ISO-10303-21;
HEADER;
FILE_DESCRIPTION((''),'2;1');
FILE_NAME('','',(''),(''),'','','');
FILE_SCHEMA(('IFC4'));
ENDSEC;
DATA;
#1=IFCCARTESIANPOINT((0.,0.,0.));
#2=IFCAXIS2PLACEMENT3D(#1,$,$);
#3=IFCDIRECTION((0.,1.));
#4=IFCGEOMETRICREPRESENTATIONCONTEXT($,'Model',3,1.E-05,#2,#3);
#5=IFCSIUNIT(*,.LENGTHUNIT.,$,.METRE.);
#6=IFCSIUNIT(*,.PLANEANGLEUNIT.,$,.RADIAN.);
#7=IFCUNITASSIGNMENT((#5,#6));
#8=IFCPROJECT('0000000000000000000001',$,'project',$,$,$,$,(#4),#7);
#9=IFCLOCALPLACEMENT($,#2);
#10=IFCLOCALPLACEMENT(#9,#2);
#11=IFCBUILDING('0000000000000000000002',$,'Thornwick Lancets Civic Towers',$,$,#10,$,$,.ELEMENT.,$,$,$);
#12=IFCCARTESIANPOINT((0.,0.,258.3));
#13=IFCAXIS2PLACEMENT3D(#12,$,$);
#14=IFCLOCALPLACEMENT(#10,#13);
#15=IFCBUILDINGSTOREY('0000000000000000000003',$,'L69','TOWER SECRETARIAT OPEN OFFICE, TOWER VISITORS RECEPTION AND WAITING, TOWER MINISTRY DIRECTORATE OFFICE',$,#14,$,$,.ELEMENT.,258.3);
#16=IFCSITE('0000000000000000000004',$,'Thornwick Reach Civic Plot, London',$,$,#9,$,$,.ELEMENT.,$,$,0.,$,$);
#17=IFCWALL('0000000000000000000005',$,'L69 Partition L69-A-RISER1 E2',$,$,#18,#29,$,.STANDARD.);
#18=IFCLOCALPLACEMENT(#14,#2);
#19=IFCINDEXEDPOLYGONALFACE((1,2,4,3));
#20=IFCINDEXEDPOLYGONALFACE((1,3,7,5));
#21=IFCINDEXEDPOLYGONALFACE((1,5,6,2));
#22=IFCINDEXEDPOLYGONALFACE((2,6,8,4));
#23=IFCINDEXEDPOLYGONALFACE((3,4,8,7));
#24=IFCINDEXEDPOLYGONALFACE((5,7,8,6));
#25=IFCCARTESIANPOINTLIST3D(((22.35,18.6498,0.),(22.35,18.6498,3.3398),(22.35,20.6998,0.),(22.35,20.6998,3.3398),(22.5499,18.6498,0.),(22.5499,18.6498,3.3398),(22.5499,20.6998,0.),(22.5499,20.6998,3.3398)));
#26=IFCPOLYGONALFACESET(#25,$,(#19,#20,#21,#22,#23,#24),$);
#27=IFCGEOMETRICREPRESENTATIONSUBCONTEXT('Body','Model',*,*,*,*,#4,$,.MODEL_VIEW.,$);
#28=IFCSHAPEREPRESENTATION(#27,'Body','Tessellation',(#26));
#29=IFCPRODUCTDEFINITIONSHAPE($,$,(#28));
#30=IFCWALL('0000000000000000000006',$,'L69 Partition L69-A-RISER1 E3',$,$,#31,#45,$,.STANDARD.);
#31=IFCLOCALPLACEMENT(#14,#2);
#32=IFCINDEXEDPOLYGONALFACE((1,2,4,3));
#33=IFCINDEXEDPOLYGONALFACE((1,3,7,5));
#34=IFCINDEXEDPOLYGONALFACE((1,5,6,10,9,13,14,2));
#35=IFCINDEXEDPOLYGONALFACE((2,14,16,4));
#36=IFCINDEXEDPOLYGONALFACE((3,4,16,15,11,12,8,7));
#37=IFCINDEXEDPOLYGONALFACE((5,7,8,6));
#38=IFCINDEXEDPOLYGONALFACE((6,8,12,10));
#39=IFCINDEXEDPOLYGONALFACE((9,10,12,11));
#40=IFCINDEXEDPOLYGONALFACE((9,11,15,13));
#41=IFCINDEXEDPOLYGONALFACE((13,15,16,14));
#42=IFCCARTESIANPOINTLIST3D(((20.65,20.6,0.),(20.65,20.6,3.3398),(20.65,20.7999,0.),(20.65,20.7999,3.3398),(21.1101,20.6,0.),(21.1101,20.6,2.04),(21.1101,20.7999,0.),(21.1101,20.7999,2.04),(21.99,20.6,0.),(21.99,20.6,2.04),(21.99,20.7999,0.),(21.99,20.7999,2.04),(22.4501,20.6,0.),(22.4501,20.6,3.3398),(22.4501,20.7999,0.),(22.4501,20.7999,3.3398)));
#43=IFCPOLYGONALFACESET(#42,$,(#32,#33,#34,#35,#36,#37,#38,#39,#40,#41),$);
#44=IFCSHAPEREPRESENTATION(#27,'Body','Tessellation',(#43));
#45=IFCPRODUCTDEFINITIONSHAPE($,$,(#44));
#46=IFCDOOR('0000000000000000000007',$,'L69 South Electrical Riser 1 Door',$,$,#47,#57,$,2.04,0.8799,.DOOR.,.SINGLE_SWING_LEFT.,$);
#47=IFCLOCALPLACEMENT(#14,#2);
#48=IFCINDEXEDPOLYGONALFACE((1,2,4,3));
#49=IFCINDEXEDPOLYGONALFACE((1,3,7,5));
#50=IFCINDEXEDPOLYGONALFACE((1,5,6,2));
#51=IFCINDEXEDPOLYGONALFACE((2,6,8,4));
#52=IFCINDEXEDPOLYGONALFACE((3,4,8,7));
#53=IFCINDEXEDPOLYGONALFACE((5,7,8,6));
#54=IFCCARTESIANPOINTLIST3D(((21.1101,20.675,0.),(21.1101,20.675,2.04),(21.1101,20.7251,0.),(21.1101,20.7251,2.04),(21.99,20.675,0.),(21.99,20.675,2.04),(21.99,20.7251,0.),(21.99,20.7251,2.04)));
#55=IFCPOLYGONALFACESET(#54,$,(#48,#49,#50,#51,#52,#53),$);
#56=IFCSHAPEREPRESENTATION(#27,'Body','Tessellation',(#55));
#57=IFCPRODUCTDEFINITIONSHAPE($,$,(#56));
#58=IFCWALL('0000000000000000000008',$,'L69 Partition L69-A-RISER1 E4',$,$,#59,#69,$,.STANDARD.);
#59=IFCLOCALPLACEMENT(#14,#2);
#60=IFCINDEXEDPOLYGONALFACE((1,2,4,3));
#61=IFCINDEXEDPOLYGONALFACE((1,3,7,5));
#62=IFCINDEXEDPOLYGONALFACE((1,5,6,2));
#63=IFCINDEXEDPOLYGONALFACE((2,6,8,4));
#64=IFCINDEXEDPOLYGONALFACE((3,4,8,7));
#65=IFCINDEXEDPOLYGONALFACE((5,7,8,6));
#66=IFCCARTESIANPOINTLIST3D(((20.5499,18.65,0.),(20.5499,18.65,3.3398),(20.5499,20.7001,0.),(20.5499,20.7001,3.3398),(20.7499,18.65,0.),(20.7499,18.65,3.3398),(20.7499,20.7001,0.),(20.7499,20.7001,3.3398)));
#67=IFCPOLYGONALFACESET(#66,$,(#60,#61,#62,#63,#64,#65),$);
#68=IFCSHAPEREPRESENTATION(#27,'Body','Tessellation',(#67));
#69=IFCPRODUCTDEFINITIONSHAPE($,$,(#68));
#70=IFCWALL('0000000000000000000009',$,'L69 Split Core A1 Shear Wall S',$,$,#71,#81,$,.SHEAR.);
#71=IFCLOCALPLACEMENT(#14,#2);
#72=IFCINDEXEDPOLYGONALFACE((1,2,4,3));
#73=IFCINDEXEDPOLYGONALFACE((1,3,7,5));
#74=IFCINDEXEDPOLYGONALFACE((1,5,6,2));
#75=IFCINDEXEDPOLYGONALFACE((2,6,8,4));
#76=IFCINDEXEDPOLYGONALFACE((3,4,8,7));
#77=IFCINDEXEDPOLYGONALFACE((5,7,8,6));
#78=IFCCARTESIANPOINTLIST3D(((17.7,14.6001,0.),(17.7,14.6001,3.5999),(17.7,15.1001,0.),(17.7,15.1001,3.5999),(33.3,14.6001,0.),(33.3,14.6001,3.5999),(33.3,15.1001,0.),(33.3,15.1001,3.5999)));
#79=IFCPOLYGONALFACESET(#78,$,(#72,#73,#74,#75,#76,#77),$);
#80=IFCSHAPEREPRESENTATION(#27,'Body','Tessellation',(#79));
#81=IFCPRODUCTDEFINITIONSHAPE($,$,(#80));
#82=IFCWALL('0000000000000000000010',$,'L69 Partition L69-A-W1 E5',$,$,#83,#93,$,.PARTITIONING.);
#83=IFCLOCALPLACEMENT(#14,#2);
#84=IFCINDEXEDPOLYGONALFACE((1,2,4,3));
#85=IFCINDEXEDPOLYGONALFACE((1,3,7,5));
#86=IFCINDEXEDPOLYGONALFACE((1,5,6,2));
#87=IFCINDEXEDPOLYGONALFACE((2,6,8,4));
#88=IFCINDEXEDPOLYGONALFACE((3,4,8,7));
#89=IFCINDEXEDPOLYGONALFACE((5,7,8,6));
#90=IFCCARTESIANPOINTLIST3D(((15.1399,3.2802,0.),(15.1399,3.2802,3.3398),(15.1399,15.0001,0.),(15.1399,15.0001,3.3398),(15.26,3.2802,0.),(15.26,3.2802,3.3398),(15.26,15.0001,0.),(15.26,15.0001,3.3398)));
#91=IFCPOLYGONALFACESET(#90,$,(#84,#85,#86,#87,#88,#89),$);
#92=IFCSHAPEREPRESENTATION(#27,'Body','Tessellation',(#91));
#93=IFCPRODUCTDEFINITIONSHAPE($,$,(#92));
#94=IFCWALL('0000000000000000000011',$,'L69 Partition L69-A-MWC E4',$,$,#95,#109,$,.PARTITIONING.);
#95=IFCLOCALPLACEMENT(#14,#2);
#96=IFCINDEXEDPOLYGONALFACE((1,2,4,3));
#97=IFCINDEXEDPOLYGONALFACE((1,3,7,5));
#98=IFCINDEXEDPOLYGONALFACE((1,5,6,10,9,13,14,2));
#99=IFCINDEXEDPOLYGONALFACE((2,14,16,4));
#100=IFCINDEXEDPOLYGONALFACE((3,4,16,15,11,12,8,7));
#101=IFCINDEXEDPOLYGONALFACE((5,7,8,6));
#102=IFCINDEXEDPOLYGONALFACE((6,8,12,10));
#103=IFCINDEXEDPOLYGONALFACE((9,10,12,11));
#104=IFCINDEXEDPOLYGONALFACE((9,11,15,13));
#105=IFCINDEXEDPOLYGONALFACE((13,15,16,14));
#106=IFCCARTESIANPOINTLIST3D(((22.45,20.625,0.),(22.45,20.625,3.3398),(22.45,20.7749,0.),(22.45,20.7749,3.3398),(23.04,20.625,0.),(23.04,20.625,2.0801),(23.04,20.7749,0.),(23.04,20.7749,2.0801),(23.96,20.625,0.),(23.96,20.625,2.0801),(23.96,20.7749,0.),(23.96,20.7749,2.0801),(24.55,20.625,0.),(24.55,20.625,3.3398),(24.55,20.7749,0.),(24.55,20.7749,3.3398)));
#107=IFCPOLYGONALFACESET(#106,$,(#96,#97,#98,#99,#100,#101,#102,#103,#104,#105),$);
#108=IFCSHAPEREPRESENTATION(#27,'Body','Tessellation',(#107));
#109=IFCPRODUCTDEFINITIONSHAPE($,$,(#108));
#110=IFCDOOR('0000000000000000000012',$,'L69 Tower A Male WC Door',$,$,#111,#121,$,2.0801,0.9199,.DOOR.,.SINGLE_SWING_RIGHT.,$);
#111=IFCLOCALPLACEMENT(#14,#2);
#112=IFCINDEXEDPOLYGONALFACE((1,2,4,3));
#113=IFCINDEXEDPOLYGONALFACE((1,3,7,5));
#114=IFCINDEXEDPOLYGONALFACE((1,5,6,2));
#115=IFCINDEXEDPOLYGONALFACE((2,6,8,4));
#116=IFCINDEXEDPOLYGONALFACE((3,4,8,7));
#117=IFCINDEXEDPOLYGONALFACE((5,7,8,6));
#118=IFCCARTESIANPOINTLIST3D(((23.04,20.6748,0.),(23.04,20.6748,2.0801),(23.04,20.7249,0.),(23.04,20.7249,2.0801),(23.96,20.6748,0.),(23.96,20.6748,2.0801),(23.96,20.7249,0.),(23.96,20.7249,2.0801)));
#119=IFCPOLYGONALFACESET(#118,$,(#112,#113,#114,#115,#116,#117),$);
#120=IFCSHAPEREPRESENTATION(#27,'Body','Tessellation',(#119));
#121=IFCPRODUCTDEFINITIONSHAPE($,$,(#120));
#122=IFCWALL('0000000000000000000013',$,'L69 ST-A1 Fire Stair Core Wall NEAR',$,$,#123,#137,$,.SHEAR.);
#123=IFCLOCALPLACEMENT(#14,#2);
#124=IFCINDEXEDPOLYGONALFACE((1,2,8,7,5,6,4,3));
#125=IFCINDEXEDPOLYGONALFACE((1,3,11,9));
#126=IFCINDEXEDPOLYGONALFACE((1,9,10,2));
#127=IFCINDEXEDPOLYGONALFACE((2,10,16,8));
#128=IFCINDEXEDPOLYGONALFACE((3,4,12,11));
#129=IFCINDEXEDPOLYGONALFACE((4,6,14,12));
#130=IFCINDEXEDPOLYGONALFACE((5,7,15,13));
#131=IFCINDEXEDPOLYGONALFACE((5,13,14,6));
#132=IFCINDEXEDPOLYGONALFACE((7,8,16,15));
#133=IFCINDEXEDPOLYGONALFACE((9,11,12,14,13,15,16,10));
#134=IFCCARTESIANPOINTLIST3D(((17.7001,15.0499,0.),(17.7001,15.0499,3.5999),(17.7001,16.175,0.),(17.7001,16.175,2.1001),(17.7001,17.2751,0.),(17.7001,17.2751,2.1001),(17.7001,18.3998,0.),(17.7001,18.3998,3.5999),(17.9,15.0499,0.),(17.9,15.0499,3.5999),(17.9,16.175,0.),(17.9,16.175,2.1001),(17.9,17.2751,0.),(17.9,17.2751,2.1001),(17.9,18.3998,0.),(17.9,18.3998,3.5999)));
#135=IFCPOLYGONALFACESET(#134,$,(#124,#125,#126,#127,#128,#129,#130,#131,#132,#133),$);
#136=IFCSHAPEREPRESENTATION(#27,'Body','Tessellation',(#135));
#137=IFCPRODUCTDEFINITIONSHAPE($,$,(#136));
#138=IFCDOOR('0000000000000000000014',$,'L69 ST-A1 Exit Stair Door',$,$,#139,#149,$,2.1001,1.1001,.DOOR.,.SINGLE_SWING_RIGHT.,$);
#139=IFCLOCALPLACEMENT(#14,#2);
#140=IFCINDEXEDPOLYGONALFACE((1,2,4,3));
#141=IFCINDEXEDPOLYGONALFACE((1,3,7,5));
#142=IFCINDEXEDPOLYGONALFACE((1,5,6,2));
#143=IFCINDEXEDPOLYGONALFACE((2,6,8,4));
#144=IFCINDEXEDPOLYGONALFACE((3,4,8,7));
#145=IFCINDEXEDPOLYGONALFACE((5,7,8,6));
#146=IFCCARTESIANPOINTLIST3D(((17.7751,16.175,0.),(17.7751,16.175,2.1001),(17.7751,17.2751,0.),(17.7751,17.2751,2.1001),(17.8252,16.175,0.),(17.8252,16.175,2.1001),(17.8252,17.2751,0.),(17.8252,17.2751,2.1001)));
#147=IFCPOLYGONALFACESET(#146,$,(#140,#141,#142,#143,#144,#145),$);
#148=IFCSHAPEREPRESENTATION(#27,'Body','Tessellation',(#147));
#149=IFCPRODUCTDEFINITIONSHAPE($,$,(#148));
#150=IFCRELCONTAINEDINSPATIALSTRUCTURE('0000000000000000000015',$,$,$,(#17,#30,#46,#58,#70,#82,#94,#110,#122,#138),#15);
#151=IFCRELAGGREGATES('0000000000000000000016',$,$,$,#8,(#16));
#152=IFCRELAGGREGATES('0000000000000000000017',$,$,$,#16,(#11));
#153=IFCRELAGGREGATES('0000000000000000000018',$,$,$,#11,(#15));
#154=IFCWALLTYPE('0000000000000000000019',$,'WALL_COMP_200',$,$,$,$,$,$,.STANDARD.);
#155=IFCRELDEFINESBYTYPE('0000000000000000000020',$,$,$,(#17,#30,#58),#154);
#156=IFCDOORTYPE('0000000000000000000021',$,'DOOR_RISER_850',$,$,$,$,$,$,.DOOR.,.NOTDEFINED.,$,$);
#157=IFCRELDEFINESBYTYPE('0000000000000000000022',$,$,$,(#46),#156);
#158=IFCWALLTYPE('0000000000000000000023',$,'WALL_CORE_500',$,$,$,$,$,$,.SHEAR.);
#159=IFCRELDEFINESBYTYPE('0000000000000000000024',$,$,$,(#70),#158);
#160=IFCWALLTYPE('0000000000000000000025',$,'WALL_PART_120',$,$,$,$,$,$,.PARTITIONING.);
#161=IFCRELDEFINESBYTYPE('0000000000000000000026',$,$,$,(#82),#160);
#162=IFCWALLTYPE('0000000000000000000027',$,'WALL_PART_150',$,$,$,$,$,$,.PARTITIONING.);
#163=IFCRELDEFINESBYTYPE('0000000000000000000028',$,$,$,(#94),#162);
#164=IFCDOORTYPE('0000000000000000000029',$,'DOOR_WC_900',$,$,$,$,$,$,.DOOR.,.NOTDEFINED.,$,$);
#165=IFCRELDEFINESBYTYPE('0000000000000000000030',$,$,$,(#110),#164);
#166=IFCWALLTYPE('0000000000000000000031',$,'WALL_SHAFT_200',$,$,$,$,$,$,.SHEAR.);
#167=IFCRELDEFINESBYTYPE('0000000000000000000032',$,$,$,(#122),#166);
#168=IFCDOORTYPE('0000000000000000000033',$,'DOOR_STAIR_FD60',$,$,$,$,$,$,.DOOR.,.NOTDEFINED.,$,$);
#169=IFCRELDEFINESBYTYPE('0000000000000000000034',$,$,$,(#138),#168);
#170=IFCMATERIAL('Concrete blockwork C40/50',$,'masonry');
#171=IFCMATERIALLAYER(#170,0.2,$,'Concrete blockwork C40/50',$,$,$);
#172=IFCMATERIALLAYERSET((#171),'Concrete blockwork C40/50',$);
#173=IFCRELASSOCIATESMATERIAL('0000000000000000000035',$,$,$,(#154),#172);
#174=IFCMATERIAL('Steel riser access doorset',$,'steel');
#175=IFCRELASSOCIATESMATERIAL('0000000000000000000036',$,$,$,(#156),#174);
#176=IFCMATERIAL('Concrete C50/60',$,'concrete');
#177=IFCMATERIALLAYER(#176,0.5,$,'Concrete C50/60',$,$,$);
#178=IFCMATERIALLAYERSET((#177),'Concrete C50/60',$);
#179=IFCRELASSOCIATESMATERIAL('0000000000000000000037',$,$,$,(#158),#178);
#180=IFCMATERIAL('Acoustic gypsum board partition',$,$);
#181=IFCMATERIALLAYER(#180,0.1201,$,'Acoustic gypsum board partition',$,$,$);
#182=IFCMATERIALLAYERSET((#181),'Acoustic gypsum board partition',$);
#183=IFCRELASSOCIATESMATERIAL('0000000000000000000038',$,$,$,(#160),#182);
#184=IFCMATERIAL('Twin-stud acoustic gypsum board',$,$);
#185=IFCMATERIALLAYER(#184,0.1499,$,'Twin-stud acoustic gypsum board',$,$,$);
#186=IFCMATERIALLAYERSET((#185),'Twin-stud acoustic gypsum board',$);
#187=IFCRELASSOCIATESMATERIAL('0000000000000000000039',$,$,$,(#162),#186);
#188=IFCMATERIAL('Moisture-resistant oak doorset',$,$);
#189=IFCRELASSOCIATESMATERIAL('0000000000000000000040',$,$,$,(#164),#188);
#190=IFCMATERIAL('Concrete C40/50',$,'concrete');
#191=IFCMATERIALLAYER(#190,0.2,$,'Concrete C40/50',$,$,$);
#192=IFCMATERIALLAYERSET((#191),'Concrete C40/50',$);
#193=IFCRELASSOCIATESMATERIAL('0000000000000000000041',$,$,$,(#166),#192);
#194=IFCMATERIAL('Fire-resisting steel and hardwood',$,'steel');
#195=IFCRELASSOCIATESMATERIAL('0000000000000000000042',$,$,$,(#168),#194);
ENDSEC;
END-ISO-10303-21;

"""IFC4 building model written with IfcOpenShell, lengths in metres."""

from ifc_helpers import new_model, si_unit, direction, frame, frame_2d, origin, place, context, subcontext, project, spatial, rectangle, extrude, material, layer, layer_set, type_object, element, fill, save


model = new_model("IFC4")

# Units and contexts
model_context = context("Model", 3, precision=1e-05, world=origin(), true_north=direction((0.0, 1.0)))
body_context = subcontext(model_context, "Body", "Model", "MODEL_VIEW")
ifc_project = project(units=[si_unit("LENGTHUNIT", "METRE"), si_unit("PLANEANGLEUNIT", "RADIAN")], contexts=[model_context])

# Site, building, storey
site_placement = place(None, origin())
site = spatial("IfcSite", under=ifc_project, at=site_placement, Name="Thornwick Reach Civic Plot, London", CompositionType="ELEMENT", RefElevation=0.0)
building_placement = place(site_placement, origin())
building = spatial("IfcBuilding", under=site, at=building_placement, Name="Thornwick Lancets Civic Towers", CompositionType="ELEMENT")
storey_placement = place(building_placement, frame((0.0, 0.0, 258.3)))
storey = spatial("IfcBuildingStorey", under=building, at=storey_placement, Name="L69", Description="TOWER SECRETARIAT OPEN OFFICE, TOWER VISITORS RECEPTION AND WAITING, TOWER MINISTRY DIRECTORATE OFFICE", CompositionType="ELEMENT", Elevation=258.3)

# Shared definitions
ifc_material_1 = material(Name="Concrete C50/60", Category="concrete")

# Shared definitions
ifc_material_2 = material(Name="Concrete C40/50", Category="concrete")

# Shared definitions
ifc_material_3 = material(Name="Concrete blockwork C40/50", Category="masonry")
ifc_layer_1 = layer(ifc_material_3, 0.2, Name="Concrete blockwork C40/50")
ifc_layer_set_1 = layer_set([ifc_layer_1], Name="Concrete blockwork C40/50")
wall_type_1 = type_object("IfcWallType", Name="WALL_COMP_200", PredefinedType="STANDARD", material=ifc_layer_set_1)

# Wall
wall_1_placement = place(storey_placement, frame((22.45, 18.6499, 0.0), z_axis=(0.0, 0.0, 1.0), x_axis=(0.0, 1.0, 0.0)))
element("IfcWall", 1, at=wall_1_placement, inside=storey, type_object=wall_type_1, Name="L69 Partition L69-A-RISER1 E2", PredefinedType="STANDARD", context=body_context, shape_type="SweptSolid", body=[
    extrude(rectangle(XDim=2.05, YDim=0.2, at=frame_2d((1.0249, 0.0))), origin(), (0.0, 0.0, 1.0), 3.3398),
])

# Wall, opening, door
wall_2_placement = place(storey_placement, frame((22.45, 20.7, 0.0), z_axis=(0.0, 0.0, 1.0), x_axis=(-1.0, 0.0, 0.0)))
wall_2 = element("IfcWall", 2, at=wall_2_placement, inside=storey, type_object=wall_type_1, Name="L69 Partition L69-A-RISER1 E3", PredefinedType="STANDARD", context=body_context, shape_type="SweptSolid", body=[
    extrude(rectangle(XDim=1.8, YDim=0.2, at=frame_2d((0.8999, 0.0))), origin(), (0.0, 0.0, 1.0), 3.3398),
])
opening_1_placement = place(wall_2_placement, frame((0.46, 0.0, 0.0)))
opening_1 = element("IfcOpeningElement", 3, at=opening_1_placement, cuts=wall_2, PredefinedType="OPENING", context=body_context, shape_type="SweptSolid", body=[
    extrude(rectangle(XDim=0.8799, YDim=2.04, at=frame_2d((0.4399, 1.02))), frame((0.0, 0.1099, 0.0), z_axis=(0.0, -1.0, 0.0), x_axis=(1.0, 0.0, 0.0)), (0.0, 0.0, 1.0), 0.22),
])
ifc_material_4 = material(Name="Steel riser access doorset", Category="steel")
door_type_1 = type_object("IfcDoorType", Name="DOOR_RISER_850", OperationType="NOTDEFINED", PredefinedType="DOOR", material=ifc_material_4)
door_1_placement = place(opening_1_placement, origin())
door_1 = element("IfcDoor", 4, at=door_1_placement, inside=storey, type_object=door_type_1, Name="L69 South Electrical Riser 1 Door", OperationType="SINGLE_SWING_LEFT", OverallHeight=2.04, OverallWidth=0.8799, PredefinedType="DOOR", context=body_context, shape_type="SweptSolid", body=[
    extrude(rectangle(XDim=0.8799, YDim=2.04, at=frame_2d((0.4399, 1.02))), frame((0.0, 0.0249, 0.0), z_axis=(0.0, -1.0, 0.0), x_axis=(1.0, 0.0, 0.0)), (0.0, 0.0, 1.0), 0.05),
])
fill(opening_1, door_1)

# Walls
wall_3_placement = place(storey_placement, frame((20.6499, 20.7, 0.0), z_axis=(0.0, 0.0, 1.0), x_axis=(0.0, -1.0, 0.0)))
element("IfcWall", 5, at=wall_3_placement, inside=storey, type_object=wall_type_1, Name="L69 Partition L69-A-RISER1 E4", PredefinedType="STANDARD", context=body_context, shape_type="SweptSolid", body=[
    extrude(rectangle(XDim=2.05, YDim=0.2, at=frame_2d((1.0249, 0.0))), origin(), (0.0, 0.0, 1.0), 3.3398),
])
ifc_layer_2 = layer(ifc_material_1, 0.5, Name="Concrete C50/60")
ifc_layer_set_2 = layer_set([ifc_layer_2], Name="Concrete C50/60")
wall_type_2 = type_object("IfcWallType", Name="WALL_CORE_500", PredefinedType="SHEAR", material=ifc_layer_set_2)
wall_4_placement = place(storey_placement, frame((17.7, 14.8501, 0.0), z_axis=(0.0, 0.0, 1.0), x_axis=(1.0, 0.0, 0.0)))
element("IfcWall", 6, at=wall_4_placement, inside=storey, type_object=wall_type_2, Name="L69 Split Core A1 Shear Wall S", PredefinedType="SHEAR", context=body_context, shape_type="SweptSolid", body=[
    extrude(rectangle(XDim=15.6001, YDim=0.5, at=frame_2d((7.8, 0.0))), origin(), (0.0, 0.0, 1.0), 3.5999),
])
ifc_material_5 = material(Name="Acoustic gypsum board partition")
ifc_layer_3 = layer(ifc_material_5, 0.1201, Name="Acoustic gypsum board partition")
ifc_layer_set_3 = layer_set([ifc_layer_3], Name="Acoustic gypsum board partition")
wall_type_3 = type_object("IfcWallType", Name="WALL_PART_120", PredefinedType="PARTITIONING", material=ifc_layer_set_3)
wall_5_placement = place(storey_placement, frame((15.2, 15.0, 0.0), z_axis=(0.0, 0.0, 1.0), x_axis=(0.0, -1.0, 0.0)))
element("IfcWall", 7, at=wall_5_placement, inside=storey, type_object=wall_type_3, Name="L69 Partition L69-A-W1 E5", PredefinedType="PARTITIONING", context=body_context, shape_type="SweptSolid", body=[
    extrude(rectangle(XDim=11.72, YDim=0.1201, at=frame_2d((5.8599, 0.0))), origin(), (0.0, 0.0, 1.0), 3.3398),
])

# Walls, openings, doors
ifc_material_6 = material(Name="Twin-stud acoustic gypsum board")
ifc_layer_4 = layer(ifc_material_6, 0.1499, Name="Twin-stud acoustic gypsum board")
ifc_layer_set_4 = layer_set([ifc_layer_4], Name="Twin-stud acoustic gypsum board")
wall_type_4 = type_object("IfcWallType", Name="WALL_PART_150", PredefinedType="PARTITIONING", material=ifc_layer_set_4)
wall_6_placement = place(storey_placement, frame((22.45, 20.7, 0.0), z_axis=(0.0, 0.0, 1.0), x_axis=(1.0, 0.0, 0.0)))
wall_6 = element("IfcWall", 8, at=wall_6_placement, inside=storey, type_object=wall_type_4, Name="L69 Partition L69-A-MWC E4", PredefinedType="PARTITIONING", context=body_context, shape_type="SweptSolid", body=[
    extrude(rectangle(XDim=2.1001, YDim=0.1499, at=frame_2d((1.05, 0.0))), origin(), (0.0, 0.0, 1.0), 3.3398),
])
opening_2_placement = place(wall_6_placement, frame((0.5901, 0.0, 0.0)))
opening_2 = element("IfcOpeningElement", 9, at=opening_2_placement, cuts=wall_6, PredefinedType="OPENING", context=body_context, shape_type="SweptSolid", body=[
    extrude(rectangle(XDim=0.9199, YDim=2.0801, at=frame_2d((0.46, 1.04))), frame((0.0, 0.085, 0.0), z_axis=(0.0, -1.0, 0.0), x_axis=(1.0, 0.0, 0.0)), (0.0, 0.0, 1.0), 0.1699),
])
ifc_material_7 = material(Name="Moisture-resistant oak doorset")
door_type_2 = type_object("IfcDoorType", Name="DOOR_WC_900", OperationType="NOTDEFINED", PredefinedType="DOOR", material=ifc_material_7)
door_2_placement = place(opening_2_placement, origin())
door_2 = element("IfcDoor", 10, at=door_2_placement, inside=storey, type_object=door_type_2, Name="L69 Tower A Male WC Door", OperationType="SINGLE_SWING_RIGHT", OverallHeight=2.0801, OverallWidth=0.9199, PredefinedType="DOOR", context=body_context, shape_type="SweptSolid", body=[
    extrude(rectangle(XDim=0.9199, YDim=2.0801, at=frame_2d((0.46, 1.04))), frame((0.0, 0.0249, 0.0), z_axis=(0.0, -1.0, 0.0), x_axis=(1.0, 0.0, 0.0)), (0.0, 0.0, 1.0), 0.05),
])
fill(opening_2, door_2)
ifc_layer_5 = layer(ifc_material_2, 0.2, Name="Concrete C40/50")
ifc_layer_set_5 = layer_set([ifc_layer_5], Name="Concrete C40/50")
wall_type_5 = type_object("IfcWallType", Name="WALL_SHAFT_200", PredefinedType="SHEAR", material=ifc_layer_set_5)
wall_7_placement = place(storey_placement, frame((17.8, 15.05, 0.0), z_axis=(0.0, 0.0, 1.0), x_axis=(0.0, 1.0, 0.0)))
wall_7 = element("IfcWall", 11, at=wall_7_placement, inside=storey, type_object=wall_type_5, Name="L69 ST-A1 Fire Stair Core Wall NEAR", PredefinedType="SHEAR", context=body_context, shape_type="SweptSolid", body=[
    extrude(rectangle(XDim=3.3499, YDim=0.2, at=frame_2d((1.6748, 0.0))), origin(), (0.0, 0.0, 1.0), 3.5999),
])
opening_3_placement = place(wall_7_placement, frame((1.125, 0.0, 0.0)))
opening_3 = element("IfcOpeningElement", 12, at=opening_3_placement, cuts=wall_7, PredefinedType="OPENING", context=body_context, shape_type="SweptSolid", body=[
    extrude(rectangle(XDim=1.1001, YDim=2.1001, at=frame_2d((0.55, 1.05))), frame((0.0, 0.1099, 0.0), z_axis=(0.0, -1.0, 0.0), x_axis=(1.0, 0.0, 0.0)), (0.0, 0.0, 1.0), 0.22),
])
ifc_material_8 = material(Name="Fire-resisting steel and hardwood", Category="steel")
door_type_3 = type_object("IfcDoorType", Name="DOOR_STAIR_FD60", OperationType="NOTDEFINED", PredefinedType="DOOR", material=ifc_material_8)
door_3_placement = place(opening_3_placement, origin())
door_3 = element("IfcDoor", 13, at=door_3_placement, inside=storey, type_object=door_type_3, Name="L69 ST-A1 Exit Stair Door", OperationType="SINGLE_SWING_RIGHT", OverallHeight=2.1001, OverallWidth=1.1001, PredefinedType="DOOR", context=body_context, shape_type="SweptSolid", body=[
    extrude(rectangle(XDim=1.1001, YDim=2.1001, at=frame_2d((0.55, 1.05))), frame((0.0, 0.0249, 0.0), z_axis=(0.0, -1.0, 0.0), x_axis=(1.0, 0.0, 0.0)), (0.0, 0.0, 1.0), 0.05),
])
fill(opening_3, door_3)

save(model, "model.ifc")
